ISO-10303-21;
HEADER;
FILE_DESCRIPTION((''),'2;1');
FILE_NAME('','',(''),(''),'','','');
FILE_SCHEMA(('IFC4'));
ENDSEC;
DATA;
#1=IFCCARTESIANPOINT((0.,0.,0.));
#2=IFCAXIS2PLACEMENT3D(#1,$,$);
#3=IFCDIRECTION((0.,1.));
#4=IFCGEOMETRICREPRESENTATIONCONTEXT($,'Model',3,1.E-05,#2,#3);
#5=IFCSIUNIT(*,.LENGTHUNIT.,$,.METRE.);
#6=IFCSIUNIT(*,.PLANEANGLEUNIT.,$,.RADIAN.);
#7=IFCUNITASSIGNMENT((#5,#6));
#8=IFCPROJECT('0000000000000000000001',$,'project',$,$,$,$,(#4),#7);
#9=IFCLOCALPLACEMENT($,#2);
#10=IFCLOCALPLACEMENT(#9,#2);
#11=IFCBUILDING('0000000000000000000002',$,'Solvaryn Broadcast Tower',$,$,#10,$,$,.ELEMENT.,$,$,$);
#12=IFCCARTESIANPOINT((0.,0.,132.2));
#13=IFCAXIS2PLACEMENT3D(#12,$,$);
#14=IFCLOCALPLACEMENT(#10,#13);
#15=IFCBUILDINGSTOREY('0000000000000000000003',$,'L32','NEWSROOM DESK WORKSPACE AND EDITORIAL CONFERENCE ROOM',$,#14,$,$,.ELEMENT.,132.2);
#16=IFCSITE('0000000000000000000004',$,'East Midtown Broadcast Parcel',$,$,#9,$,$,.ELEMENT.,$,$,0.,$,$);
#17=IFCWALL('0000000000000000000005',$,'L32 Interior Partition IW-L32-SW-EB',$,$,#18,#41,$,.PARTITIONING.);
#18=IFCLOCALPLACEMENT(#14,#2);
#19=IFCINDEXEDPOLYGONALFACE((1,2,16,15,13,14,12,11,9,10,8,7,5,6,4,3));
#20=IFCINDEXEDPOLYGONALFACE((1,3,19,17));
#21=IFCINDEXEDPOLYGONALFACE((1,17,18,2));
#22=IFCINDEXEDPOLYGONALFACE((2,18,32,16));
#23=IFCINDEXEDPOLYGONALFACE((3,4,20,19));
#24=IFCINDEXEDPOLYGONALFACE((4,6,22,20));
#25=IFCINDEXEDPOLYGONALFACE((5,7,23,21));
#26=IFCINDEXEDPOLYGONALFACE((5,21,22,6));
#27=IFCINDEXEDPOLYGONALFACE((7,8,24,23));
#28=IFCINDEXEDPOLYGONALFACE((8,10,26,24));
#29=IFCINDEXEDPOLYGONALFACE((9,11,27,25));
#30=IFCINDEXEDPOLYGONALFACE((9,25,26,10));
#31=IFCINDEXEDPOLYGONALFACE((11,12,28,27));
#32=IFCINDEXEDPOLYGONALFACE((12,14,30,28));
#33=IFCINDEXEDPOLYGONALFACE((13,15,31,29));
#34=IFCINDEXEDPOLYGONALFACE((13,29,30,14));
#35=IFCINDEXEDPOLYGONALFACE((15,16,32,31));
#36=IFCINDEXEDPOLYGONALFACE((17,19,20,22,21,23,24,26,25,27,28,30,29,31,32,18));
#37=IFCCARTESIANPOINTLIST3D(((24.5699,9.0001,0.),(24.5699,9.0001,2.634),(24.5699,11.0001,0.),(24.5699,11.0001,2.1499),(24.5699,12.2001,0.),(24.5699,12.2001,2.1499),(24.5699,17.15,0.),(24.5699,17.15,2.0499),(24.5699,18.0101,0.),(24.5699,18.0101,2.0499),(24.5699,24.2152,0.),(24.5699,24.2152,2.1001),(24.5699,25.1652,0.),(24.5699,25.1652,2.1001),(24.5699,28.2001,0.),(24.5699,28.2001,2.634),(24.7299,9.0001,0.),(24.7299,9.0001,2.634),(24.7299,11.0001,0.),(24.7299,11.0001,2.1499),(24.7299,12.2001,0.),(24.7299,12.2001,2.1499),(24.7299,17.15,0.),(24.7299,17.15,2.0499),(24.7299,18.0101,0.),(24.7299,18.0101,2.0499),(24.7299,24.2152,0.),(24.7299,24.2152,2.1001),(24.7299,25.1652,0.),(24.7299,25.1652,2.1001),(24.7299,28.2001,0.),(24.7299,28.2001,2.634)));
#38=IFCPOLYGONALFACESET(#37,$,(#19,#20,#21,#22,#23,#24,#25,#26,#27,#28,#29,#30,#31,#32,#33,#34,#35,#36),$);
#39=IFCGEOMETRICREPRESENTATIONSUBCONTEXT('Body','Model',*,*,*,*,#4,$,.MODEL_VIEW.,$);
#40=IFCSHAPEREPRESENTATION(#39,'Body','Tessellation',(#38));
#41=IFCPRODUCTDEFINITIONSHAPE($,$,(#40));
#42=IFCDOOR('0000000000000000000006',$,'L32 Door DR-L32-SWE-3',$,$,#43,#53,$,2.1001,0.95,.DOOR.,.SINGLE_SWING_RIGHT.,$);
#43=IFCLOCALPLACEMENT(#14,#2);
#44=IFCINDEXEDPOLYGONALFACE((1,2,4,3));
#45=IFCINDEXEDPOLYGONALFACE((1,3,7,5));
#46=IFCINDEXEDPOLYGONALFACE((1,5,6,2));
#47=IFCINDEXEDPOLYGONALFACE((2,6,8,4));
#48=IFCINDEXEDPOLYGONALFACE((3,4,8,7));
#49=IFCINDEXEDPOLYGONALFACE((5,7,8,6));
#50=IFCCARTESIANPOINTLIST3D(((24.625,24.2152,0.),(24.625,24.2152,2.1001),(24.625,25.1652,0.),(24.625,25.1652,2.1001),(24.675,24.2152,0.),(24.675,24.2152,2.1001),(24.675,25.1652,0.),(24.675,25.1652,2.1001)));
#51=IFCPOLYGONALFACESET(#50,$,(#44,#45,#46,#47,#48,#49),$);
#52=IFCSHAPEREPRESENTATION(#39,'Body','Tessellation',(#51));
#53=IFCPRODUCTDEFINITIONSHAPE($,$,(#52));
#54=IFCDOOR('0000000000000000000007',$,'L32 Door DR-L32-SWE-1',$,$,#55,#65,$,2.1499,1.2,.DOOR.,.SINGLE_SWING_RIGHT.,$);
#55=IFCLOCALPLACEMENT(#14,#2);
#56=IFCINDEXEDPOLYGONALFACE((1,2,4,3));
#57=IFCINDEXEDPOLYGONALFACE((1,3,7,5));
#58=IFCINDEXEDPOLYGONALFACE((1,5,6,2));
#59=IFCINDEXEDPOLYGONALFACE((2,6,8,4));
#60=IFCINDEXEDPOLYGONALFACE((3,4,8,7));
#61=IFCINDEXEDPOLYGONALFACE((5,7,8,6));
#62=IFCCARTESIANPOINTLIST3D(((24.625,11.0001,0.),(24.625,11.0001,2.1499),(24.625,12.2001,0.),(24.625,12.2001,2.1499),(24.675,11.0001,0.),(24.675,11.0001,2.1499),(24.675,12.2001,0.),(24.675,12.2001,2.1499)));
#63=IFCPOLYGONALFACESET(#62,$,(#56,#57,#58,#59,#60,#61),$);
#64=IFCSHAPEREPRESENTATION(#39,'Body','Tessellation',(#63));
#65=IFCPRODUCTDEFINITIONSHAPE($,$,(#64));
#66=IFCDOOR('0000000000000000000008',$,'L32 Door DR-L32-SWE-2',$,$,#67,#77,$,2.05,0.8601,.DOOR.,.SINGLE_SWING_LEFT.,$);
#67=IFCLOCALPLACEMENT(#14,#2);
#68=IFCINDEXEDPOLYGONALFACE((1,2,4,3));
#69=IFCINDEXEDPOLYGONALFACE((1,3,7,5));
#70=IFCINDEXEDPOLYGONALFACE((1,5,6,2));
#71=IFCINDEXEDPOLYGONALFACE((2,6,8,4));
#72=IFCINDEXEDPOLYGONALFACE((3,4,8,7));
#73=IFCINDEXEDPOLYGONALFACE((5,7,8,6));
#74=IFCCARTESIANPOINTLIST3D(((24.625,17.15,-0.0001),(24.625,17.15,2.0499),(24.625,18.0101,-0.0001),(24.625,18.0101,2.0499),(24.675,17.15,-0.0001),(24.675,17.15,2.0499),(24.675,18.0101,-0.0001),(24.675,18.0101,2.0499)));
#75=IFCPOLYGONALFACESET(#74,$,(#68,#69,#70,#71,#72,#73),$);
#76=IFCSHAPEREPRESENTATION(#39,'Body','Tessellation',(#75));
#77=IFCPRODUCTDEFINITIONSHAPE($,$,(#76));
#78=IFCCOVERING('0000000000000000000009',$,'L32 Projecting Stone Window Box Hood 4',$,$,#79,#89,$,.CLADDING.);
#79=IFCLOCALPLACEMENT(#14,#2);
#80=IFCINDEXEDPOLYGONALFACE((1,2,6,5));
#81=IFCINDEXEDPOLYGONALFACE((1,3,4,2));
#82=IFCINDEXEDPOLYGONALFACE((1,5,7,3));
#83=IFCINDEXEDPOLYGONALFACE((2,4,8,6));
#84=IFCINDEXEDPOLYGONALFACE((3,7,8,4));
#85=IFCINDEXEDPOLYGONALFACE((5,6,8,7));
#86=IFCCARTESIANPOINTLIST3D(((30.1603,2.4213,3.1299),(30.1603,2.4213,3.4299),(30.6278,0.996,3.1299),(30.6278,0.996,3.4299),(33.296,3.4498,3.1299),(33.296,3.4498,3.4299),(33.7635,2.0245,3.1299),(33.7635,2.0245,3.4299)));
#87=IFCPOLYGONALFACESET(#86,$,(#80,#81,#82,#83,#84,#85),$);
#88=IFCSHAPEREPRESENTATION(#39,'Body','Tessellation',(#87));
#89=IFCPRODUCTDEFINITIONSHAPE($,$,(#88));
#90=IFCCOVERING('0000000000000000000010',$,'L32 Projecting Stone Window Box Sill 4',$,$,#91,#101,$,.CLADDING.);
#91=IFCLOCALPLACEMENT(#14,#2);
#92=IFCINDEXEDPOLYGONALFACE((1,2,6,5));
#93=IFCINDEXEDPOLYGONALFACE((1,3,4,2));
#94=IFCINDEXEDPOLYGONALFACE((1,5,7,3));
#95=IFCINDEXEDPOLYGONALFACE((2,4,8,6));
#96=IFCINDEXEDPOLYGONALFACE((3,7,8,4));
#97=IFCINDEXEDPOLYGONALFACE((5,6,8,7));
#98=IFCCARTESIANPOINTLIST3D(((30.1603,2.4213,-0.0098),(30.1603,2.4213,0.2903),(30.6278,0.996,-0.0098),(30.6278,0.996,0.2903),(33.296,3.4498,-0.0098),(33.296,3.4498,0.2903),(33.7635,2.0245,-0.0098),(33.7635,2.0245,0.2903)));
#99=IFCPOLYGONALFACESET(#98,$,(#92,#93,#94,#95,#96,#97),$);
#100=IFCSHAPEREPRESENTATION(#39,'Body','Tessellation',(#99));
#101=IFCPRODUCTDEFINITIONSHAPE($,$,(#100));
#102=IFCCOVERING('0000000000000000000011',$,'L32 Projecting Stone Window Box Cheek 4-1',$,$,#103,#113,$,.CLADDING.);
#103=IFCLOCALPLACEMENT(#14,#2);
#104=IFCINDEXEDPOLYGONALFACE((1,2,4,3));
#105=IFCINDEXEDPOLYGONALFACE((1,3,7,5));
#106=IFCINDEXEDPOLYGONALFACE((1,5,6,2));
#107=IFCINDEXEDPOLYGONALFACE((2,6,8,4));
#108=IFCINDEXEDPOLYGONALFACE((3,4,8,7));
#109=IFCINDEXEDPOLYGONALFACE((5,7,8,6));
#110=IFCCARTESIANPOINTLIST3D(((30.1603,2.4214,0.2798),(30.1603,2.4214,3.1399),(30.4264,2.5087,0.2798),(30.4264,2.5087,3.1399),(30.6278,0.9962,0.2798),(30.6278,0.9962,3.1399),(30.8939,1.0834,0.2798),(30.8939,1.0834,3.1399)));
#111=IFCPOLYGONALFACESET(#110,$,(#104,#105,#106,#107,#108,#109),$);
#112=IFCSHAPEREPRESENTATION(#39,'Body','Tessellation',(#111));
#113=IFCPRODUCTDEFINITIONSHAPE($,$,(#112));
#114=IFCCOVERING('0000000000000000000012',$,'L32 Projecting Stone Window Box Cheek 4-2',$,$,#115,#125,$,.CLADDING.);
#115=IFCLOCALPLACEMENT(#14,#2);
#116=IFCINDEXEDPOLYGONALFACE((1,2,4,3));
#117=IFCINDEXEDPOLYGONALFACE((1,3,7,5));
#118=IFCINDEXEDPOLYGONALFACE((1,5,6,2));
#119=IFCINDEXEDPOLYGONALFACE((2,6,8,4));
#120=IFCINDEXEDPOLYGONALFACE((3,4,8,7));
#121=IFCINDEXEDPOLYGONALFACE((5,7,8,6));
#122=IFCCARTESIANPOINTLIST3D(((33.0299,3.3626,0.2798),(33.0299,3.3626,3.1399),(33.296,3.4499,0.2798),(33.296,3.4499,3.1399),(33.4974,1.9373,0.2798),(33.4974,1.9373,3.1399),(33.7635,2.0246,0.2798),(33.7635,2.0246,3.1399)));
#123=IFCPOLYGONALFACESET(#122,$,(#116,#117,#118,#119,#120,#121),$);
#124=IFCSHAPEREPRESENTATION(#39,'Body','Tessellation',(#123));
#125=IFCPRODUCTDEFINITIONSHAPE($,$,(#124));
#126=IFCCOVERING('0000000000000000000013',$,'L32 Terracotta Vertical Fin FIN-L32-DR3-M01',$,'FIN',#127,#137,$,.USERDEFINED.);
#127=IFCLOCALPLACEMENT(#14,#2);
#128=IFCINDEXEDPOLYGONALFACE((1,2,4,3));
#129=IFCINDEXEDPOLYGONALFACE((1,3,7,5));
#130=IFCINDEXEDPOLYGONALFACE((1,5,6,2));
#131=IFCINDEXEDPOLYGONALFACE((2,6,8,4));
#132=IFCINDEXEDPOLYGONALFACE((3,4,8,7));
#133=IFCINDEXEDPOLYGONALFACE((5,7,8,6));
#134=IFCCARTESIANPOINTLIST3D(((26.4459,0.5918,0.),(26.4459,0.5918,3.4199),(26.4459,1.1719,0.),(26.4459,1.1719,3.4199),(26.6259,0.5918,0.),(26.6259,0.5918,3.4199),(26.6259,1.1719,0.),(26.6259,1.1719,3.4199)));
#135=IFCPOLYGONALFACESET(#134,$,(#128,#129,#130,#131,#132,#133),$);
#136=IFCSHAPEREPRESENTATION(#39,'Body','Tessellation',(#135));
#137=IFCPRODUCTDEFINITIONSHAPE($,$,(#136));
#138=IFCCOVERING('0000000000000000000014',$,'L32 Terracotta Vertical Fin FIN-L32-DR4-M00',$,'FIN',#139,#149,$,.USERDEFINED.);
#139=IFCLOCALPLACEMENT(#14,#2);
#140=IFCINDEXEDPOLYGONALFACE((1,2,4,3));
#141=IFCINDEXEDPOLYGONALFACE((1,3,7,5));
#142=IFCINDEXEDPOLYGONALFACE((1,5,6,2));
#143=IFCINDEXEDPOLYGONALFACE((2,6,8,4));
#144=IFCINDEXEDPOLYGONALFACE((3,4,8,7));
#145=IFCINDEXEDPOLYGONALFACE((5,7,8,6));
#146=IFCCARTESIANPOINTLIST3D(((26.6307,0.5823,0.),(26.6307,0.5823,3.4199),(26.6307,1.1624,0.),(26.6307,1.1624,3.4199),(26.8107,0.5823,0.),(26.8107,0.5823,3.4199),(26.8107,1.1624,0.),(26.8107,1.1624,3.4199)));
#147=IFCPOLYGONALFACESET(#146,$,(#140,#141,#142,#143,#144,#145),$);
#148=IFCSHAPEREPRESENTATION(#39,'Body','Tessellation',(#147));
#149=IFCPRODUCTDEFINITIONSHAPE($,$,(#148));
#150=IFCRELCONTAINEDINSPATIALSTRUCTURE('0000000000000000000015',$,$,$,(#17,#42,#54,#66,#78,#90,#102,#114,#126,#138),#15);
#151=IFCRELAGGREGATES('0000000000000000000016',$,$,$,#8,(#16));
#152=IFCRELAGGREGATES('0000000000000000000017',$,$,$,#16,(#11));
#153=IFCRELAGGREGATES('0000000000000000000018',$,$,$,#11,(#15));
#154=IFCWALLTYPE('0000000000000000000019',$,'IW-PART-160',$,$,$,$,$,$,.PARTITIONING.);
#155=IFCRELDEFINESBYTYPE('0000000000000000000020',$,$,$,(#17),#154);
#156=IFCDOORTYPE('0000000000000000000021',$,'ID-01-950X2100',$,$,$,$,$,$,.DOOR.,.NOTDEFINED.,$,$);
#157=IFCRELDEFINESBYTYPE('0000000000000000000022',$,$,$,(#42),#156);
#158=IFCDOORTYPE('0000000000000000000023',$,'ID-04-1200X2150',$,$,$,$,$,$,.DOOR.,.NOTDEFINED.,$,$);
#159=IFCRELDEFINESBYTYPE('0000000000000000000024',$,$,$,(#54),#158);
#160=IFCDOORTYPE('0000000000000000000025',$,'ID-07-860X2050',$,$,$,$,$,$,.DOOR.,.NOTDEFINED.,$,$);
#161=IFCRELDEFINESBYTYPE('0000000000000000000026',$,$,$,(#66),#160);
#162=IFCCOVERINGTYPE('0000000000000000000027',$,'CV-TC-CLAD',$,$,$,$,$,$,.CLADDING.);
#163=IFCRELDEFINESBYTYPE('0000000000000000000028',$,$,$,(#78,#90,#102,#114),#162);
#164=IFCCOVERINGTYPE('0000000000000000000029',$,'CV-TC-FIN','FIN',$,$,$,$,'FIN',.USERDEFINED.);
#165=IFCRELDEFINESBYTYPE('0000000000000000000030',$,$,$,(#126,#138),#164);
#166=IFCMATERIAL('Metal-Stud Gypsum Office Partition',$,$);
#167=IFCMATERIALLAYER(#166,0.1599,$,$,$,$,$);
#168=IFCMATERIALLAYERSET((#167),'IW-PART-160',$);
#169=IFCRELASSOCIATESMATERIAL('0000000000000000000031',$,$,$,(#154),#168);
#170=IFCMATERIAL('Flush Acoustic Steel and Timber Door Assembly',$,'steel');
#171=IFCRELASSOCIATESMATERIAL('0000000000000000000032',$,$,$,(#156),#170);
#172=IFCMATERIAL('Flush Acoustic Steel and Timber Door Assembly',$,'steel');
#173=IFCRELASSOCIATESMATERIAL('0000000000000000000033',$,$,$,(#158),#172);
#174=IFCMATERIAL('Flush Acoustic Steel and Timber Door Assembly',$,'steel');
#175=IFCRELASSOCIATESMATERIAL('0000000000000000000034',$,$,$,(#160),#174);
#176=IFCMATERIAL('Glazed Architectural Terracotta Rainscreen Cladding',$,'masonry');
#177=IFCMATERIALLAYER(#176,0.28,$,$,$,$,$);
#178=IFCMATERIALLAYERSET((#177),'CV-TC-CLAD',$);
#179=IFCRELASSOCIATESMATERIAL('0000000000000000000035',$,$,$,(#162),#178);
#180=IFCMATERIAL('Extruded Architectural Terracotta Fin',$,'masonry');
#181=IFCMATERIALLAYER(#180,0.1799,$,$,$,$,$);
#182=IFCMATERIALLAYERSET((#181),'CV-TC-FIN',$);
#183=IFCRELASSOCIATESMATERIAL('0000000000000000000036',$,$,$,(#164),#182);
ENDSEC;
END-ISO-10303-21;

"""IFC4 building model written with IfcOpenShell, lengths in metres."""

from ifc_helpers import new_model, si_unit, direction, frame, frame_2d, origin, origin_2d, place, context, subcontext, project, spatial, rectangle, extrude, material, layer, layer_set, type_object, element, fill, save


model = new_model("IFC4")

# Units and contexts
model_context = context("Model", 3, precision=1e-05, world=origin(), true_north=direction((0.0, 1.0)))
body_context = subcontext(model_context, "Body", "Model", "MODEL_VIEW")
ifc_project = project(units=[si_unit("LENGTHUNIT", "METRE"), si_unit("PLANEANGLEUNIT", "RADIAN")], contexts=[model_context])

# Site, building, storey
site_placement = place(None, origin())
site = spatial("IfcSite", under=ifc_project, at=site_placement, Name="East Midtown Broadcast Parcel", CompositionType="ELEMENT", RefElevation=0.0)
building_placement = place(site_placement, origin())
building = spatial("IfcBuilding", under=site, at=building_placement, Name="Solvaryn Broadcast Tower", CompositionType="ELEMENT")
storey_placement = place(building_placement, frame((0.0, 0.0, 132.2)))
storey = spatial("IfcBuildingStorey", under=building, at=storey_placement, Name="L32", Description="NEWSROOM DESK WORKSPACE AND EDITORIAL CONFERENCE ROOM", CompositionType="ELEMENT", Elevation=132.2)

# Wall, openings, doors
ifc_material_1 = material(Name="Metal-Stud Gypsum Office Partition")
ifc_layer_1 = layer(ifc_material_1, 0.1599)
ifc_layer_set_1 = layer_set([ifc_layer_1], Name="IW-PART-160")
wall_type_1 = type_object("IfcWallType", Name="IW-PART-160", PredefinedType="PARTITIONING", material=ifc_layer_set_1)
wall_1_placement = place(storey_placement, frame((24.6499, 9.0, 0.0), z_axis=(0.0, 0.0, 1.0), x_axis=(0.0, 1.0, 0.0)))
wall_1 = element("IfcWall", 1, at=wall_1_placement, inside=storey, type_object=wall_type_1, Name="L32 Interior Partition IW-L32-SW-EB", PredefinedType="PARTITIONING", context=body_context, shape_type="SweptSolid", body=[
    extrude(rectangle(XDim=19.2, YDim=0.1599, at=frame_2d((9.6001, 0.0))), origin(), (0.0, 0.0, 1.0), 2.634),
])
opening_1_placement = place(wall_1_placement, frame((2.0, 0.0, 0.0)))
opening_1 = element("IfcOpeningElement", 2, at=opening_1_placement, cuts=wall_1, PredefinedType="OPENING", context=body_context, shape_type="SweptSolid", body=[
    extrude(rectangle(XDim=1.2, YDim=2.1499, at=frame_2d((0.6001, 1.075))), frame((0.0, 0.0901, 0.0), z_axis=(0.0, -1.0, 0.0), x_axis=(1.0, 0.0, 0.0)), (0.0, 0.0, 1.0), 0.1799),
])
opening_2_placement = place(wall_1_placement, frame((8.1499, 0.0, 0.0)))
opening_2 = element("IfcOpeningElement", 3, at=opening_2_placement, cuts=wall_1, PredefinedType="OPENING", context=body_context, shape_type="SweptSolid", body=[
    extrude(rectangle(XDim=0.8601, YDim=2.05, at=frame_2d((0.4302, 1.0249))), frame((0.0, 0.0901, 0.0), z_axis=(0.0, -1.0, 0.0), x_axis=(1.0, 0.0, 0.0)), (0.0, 0.0, 1.0), 0.1799),
])
opening_3_placement = place(wall_1_placement, frame((15.2151, 0.0, 0.0)))
opening_3 = element("IfcOpeningElement", 4, at=opening_3_placement, cuts=wall_1, PredefinedType="OPENING", context=body_context, shape_type="SweptSolid", body=[
    extrude(rectangle(XDim=0.95, YDim=2.1001, at=frame_2d((0.4751, 1.05))), frame((0.0, 0.0901, 0.0), z_axis=(0.0, -1.0, 0.0), x_axis=(1.0, 0.0, 0.0)), (0.0, 0.0, 1.0), 0.1799),
])
ifc_material_2 = material(Name="Flush Acoustic Steel and Timber Door Assembly", Category="steel")
door_type_1 = type_object("IfcDoorType", Name="ID-01-950X2100", OperationType="NOTDEFINED", PredefinedType="DOOR", material=ifc_material_2)
door_1_placement = place(opening_3_placement, origin())
door_1 = element("IfcDoor", 5, at=door_1_placement, inside=storey, type_object=door_type_1, Name="L32 Door DR-L32-SWE-3", OperationType="SINGLE_SWING_RIGHT", OverallHeight=2.1001, OverallWidth=0.95, PredefinedType="DOOR", context=body_context, shape_type="SweptSolid", body=[
    extrude(rectangle(XDim=0.95, YDim=2.1001, at=frame_2d((0.4751, 1.05))), frame((0.0, 0.0249, 0.0), z_axis=(0.0, -1.0, 0.0), x_axis=(1.0, 0.0, 0.0)), (0.0, 0.0, 1.0), 0.05),
])
fill(opening_3, door_1)
ifc_material_3 = material(Name="Flush Acoustic Steel and Timber Door Assembly", Category="steel")
door_type_2 = type_object("IfcDoorType", Name="ID-04-1200X2150", OperationType="NOTDEFINED", PredefinedType="DOOR", material=ifc_material_3)
door_2_placement = place(opening_1_placement, origin())
door_2 = element("IfcDoor", 6, at=door_2_placement, inside=storey, type_object=door_type_2, Name="L32 Door DR-L32-SWE-1", OperationType="SINGLE_SWING_RIGHT", OverallHeight=2.1499, OverallWidth=1.2, PredefinedType="DOOR", context=body_context, shape_type="SweptSolid", body=[
    extrude(rectangle(XDim=1.2, YDim=2.1499, at=frame_2d((0.6001, 1.075))), frame((0.0, 0.0249, 0.0), z_axis=(0.0, -1.0, 0.0), x_axis=(1.0, 0.0, 0.0)), (0.0, 0.0, 1.0), 0.05),
])
fill(opening_1, door_2)
ifc_material_4 = material(Name="Flush Acoustic Steel and Timber Door Assembly", Category="steel")
door_type_3 = type_object("IfcDoorType", Name="ID-07-860X2050", OperationType="NOTDEFINED", PredefinedType="DOOR", material=ifc_material_4)
door_3_placement = place(opening_2_placement, origin())
door_3 = element("IfcDoor", 7, at=door_3_placement, inside=storey, type_object=door_type_3, Name="L32 Door DR-L32-SWE-2", OperationType="SINGLE_SWING_LEFT", OverallHeight=2.05, OverallWidth=0.8601, PredefinedType="DOOR", context=body_context, shape_type="SweptSolid", body=[
    extrude(rectangle(XDim=0.8601, YDim=2.05, at=frame_2d((0.4302, 1.0249))), frame((0.0, 0.0249, 0.0), z_axis=(0.0, -1.0, 0.0), x_axis=(1.0, 0.0, 0.0)), (0.0, 0.0, 1.0), 0.05),
])
fill(opening_2, door_3)

# Coverings
ifc_material_5 = material(Name="Glazed Architectural Terracotta Rainscreen Cladding", Category="masonry")
ifc_layer_2 = layer(ifc_material_5, 0.28)
ifc_layer_set_2 = layer_set([ifc_layer_2], Name="CV-TC-CLAD")
covering_type_1 = type_object("IfcCoveringType", Name="CV-TC-CLAD", PredefinedType="CLADDING", material=ifc_layer_set_2)
for number, where, z_axis, x_axis, name in (
    (8, (31.9619, 2.2229, 3.1299), (0.0, 0.0, 1.0), (0.95019, 0.311672, 0.0), "L32 Projecting Stone Window Box Hood 4"),
    (9, (31.9619, 2.2229, -0.0098), (0.0, 0.0, 1.0), (0.95019, 0.311672, 0.0), "L32 Projecting Stone Window Box Sill 4"),
):
    element("IfcCovering", number, at=place(storey_placement, frame(where, z_axis=z_axis, x_axis=x_axis)), inside=storey, type_object=covering_type_1, Name=name, PredefinedType="CLADDING", context=body_context, shape_type="SweptSolid", body=[
        extrude(rectangle(XDim=3.3, YDim=1.5, at=origin_2d()), origin(), (0.0, 0.0, 1.0), 0.3),
    ])
for number, where, z_axis, x_axis, name in (
    (10, (30.5271, 1.7524, 0.2798), (0.0, 0.0, 1.0), (0.95019, 0.311672, 0.0), "L32 Projecting Stone Window Box Cheek 4-1"),
    (11, (33.3967, 2.6936, 0.2798), (0.0, 0.0, 1.0), (0.95019, 0.311672, 0.0), "L32 Projecting Stone Window Box Cheek 4-2"),
):
    element("IfcCovering", number, at=place(storey_placement, frame(where, z_axis=z_axis, x_axis=x_axis)), inside=storey, type_object=covering_type_1, Name=name, PredefinedType="CLADDING", context=body_context, shape_type="SweptSolid", body=[
        extrude(rectangle(XDim=0.28, YDim=1.5, at=origin_2d()), origin(), (0.0, 0.0, 1.0), 2.8601),
    ])
ifc_material_6 = material(Name="Extruded Architectural Terracotta Fin", Category="masonry")
ifc_layer_3 = layer(ifc_material_6, 0.1799)
ifc_layer_set_3 = layer_set([ifc_layer_3], Name="CV-TC-FIN")
covering_type_2 = type_object("IfcCoveringType", Name="CV-TC-FIN", Description="FIN", ElementType="FIN", PredefinedType="USERDEFINED", material=ifc_layer_set_3)
for number, where, z_axis, x_axis, name in (
    (12, (26.5359, 0.8818, 0.0), (0.0, 0.0, 1.0), (1.0, 0.0, 0.0), "L32 Terracotta Vertical Fin FIN-L32-DR3-M01"),
    (13, (26.7207, 0.8723, 0.0), (0.0, 0.0, 1.0), (1.0, 0.0, 0.0), "L32 Terracotta Vertical Fin FIN-L32-DR4-M00"),
):
    element("IfcCovering", number, at=place(storey_placement, frame(where, z_axis=z_axis, x_axis=x_axis)), inside=storey, type_object=covering_type_2, Name=name, ObjectType="FIN", PredefinedType="USERDEFINED", context=body_context, shape_type="SweptSolid", body=[
        extrude(rectangle(XDim=0.1799, YDim=0.5801, at=origin_2d()), origin(), (0.0, 0.0, 1.0), 3.4199),
    ])

save(model, "model.ifc")
